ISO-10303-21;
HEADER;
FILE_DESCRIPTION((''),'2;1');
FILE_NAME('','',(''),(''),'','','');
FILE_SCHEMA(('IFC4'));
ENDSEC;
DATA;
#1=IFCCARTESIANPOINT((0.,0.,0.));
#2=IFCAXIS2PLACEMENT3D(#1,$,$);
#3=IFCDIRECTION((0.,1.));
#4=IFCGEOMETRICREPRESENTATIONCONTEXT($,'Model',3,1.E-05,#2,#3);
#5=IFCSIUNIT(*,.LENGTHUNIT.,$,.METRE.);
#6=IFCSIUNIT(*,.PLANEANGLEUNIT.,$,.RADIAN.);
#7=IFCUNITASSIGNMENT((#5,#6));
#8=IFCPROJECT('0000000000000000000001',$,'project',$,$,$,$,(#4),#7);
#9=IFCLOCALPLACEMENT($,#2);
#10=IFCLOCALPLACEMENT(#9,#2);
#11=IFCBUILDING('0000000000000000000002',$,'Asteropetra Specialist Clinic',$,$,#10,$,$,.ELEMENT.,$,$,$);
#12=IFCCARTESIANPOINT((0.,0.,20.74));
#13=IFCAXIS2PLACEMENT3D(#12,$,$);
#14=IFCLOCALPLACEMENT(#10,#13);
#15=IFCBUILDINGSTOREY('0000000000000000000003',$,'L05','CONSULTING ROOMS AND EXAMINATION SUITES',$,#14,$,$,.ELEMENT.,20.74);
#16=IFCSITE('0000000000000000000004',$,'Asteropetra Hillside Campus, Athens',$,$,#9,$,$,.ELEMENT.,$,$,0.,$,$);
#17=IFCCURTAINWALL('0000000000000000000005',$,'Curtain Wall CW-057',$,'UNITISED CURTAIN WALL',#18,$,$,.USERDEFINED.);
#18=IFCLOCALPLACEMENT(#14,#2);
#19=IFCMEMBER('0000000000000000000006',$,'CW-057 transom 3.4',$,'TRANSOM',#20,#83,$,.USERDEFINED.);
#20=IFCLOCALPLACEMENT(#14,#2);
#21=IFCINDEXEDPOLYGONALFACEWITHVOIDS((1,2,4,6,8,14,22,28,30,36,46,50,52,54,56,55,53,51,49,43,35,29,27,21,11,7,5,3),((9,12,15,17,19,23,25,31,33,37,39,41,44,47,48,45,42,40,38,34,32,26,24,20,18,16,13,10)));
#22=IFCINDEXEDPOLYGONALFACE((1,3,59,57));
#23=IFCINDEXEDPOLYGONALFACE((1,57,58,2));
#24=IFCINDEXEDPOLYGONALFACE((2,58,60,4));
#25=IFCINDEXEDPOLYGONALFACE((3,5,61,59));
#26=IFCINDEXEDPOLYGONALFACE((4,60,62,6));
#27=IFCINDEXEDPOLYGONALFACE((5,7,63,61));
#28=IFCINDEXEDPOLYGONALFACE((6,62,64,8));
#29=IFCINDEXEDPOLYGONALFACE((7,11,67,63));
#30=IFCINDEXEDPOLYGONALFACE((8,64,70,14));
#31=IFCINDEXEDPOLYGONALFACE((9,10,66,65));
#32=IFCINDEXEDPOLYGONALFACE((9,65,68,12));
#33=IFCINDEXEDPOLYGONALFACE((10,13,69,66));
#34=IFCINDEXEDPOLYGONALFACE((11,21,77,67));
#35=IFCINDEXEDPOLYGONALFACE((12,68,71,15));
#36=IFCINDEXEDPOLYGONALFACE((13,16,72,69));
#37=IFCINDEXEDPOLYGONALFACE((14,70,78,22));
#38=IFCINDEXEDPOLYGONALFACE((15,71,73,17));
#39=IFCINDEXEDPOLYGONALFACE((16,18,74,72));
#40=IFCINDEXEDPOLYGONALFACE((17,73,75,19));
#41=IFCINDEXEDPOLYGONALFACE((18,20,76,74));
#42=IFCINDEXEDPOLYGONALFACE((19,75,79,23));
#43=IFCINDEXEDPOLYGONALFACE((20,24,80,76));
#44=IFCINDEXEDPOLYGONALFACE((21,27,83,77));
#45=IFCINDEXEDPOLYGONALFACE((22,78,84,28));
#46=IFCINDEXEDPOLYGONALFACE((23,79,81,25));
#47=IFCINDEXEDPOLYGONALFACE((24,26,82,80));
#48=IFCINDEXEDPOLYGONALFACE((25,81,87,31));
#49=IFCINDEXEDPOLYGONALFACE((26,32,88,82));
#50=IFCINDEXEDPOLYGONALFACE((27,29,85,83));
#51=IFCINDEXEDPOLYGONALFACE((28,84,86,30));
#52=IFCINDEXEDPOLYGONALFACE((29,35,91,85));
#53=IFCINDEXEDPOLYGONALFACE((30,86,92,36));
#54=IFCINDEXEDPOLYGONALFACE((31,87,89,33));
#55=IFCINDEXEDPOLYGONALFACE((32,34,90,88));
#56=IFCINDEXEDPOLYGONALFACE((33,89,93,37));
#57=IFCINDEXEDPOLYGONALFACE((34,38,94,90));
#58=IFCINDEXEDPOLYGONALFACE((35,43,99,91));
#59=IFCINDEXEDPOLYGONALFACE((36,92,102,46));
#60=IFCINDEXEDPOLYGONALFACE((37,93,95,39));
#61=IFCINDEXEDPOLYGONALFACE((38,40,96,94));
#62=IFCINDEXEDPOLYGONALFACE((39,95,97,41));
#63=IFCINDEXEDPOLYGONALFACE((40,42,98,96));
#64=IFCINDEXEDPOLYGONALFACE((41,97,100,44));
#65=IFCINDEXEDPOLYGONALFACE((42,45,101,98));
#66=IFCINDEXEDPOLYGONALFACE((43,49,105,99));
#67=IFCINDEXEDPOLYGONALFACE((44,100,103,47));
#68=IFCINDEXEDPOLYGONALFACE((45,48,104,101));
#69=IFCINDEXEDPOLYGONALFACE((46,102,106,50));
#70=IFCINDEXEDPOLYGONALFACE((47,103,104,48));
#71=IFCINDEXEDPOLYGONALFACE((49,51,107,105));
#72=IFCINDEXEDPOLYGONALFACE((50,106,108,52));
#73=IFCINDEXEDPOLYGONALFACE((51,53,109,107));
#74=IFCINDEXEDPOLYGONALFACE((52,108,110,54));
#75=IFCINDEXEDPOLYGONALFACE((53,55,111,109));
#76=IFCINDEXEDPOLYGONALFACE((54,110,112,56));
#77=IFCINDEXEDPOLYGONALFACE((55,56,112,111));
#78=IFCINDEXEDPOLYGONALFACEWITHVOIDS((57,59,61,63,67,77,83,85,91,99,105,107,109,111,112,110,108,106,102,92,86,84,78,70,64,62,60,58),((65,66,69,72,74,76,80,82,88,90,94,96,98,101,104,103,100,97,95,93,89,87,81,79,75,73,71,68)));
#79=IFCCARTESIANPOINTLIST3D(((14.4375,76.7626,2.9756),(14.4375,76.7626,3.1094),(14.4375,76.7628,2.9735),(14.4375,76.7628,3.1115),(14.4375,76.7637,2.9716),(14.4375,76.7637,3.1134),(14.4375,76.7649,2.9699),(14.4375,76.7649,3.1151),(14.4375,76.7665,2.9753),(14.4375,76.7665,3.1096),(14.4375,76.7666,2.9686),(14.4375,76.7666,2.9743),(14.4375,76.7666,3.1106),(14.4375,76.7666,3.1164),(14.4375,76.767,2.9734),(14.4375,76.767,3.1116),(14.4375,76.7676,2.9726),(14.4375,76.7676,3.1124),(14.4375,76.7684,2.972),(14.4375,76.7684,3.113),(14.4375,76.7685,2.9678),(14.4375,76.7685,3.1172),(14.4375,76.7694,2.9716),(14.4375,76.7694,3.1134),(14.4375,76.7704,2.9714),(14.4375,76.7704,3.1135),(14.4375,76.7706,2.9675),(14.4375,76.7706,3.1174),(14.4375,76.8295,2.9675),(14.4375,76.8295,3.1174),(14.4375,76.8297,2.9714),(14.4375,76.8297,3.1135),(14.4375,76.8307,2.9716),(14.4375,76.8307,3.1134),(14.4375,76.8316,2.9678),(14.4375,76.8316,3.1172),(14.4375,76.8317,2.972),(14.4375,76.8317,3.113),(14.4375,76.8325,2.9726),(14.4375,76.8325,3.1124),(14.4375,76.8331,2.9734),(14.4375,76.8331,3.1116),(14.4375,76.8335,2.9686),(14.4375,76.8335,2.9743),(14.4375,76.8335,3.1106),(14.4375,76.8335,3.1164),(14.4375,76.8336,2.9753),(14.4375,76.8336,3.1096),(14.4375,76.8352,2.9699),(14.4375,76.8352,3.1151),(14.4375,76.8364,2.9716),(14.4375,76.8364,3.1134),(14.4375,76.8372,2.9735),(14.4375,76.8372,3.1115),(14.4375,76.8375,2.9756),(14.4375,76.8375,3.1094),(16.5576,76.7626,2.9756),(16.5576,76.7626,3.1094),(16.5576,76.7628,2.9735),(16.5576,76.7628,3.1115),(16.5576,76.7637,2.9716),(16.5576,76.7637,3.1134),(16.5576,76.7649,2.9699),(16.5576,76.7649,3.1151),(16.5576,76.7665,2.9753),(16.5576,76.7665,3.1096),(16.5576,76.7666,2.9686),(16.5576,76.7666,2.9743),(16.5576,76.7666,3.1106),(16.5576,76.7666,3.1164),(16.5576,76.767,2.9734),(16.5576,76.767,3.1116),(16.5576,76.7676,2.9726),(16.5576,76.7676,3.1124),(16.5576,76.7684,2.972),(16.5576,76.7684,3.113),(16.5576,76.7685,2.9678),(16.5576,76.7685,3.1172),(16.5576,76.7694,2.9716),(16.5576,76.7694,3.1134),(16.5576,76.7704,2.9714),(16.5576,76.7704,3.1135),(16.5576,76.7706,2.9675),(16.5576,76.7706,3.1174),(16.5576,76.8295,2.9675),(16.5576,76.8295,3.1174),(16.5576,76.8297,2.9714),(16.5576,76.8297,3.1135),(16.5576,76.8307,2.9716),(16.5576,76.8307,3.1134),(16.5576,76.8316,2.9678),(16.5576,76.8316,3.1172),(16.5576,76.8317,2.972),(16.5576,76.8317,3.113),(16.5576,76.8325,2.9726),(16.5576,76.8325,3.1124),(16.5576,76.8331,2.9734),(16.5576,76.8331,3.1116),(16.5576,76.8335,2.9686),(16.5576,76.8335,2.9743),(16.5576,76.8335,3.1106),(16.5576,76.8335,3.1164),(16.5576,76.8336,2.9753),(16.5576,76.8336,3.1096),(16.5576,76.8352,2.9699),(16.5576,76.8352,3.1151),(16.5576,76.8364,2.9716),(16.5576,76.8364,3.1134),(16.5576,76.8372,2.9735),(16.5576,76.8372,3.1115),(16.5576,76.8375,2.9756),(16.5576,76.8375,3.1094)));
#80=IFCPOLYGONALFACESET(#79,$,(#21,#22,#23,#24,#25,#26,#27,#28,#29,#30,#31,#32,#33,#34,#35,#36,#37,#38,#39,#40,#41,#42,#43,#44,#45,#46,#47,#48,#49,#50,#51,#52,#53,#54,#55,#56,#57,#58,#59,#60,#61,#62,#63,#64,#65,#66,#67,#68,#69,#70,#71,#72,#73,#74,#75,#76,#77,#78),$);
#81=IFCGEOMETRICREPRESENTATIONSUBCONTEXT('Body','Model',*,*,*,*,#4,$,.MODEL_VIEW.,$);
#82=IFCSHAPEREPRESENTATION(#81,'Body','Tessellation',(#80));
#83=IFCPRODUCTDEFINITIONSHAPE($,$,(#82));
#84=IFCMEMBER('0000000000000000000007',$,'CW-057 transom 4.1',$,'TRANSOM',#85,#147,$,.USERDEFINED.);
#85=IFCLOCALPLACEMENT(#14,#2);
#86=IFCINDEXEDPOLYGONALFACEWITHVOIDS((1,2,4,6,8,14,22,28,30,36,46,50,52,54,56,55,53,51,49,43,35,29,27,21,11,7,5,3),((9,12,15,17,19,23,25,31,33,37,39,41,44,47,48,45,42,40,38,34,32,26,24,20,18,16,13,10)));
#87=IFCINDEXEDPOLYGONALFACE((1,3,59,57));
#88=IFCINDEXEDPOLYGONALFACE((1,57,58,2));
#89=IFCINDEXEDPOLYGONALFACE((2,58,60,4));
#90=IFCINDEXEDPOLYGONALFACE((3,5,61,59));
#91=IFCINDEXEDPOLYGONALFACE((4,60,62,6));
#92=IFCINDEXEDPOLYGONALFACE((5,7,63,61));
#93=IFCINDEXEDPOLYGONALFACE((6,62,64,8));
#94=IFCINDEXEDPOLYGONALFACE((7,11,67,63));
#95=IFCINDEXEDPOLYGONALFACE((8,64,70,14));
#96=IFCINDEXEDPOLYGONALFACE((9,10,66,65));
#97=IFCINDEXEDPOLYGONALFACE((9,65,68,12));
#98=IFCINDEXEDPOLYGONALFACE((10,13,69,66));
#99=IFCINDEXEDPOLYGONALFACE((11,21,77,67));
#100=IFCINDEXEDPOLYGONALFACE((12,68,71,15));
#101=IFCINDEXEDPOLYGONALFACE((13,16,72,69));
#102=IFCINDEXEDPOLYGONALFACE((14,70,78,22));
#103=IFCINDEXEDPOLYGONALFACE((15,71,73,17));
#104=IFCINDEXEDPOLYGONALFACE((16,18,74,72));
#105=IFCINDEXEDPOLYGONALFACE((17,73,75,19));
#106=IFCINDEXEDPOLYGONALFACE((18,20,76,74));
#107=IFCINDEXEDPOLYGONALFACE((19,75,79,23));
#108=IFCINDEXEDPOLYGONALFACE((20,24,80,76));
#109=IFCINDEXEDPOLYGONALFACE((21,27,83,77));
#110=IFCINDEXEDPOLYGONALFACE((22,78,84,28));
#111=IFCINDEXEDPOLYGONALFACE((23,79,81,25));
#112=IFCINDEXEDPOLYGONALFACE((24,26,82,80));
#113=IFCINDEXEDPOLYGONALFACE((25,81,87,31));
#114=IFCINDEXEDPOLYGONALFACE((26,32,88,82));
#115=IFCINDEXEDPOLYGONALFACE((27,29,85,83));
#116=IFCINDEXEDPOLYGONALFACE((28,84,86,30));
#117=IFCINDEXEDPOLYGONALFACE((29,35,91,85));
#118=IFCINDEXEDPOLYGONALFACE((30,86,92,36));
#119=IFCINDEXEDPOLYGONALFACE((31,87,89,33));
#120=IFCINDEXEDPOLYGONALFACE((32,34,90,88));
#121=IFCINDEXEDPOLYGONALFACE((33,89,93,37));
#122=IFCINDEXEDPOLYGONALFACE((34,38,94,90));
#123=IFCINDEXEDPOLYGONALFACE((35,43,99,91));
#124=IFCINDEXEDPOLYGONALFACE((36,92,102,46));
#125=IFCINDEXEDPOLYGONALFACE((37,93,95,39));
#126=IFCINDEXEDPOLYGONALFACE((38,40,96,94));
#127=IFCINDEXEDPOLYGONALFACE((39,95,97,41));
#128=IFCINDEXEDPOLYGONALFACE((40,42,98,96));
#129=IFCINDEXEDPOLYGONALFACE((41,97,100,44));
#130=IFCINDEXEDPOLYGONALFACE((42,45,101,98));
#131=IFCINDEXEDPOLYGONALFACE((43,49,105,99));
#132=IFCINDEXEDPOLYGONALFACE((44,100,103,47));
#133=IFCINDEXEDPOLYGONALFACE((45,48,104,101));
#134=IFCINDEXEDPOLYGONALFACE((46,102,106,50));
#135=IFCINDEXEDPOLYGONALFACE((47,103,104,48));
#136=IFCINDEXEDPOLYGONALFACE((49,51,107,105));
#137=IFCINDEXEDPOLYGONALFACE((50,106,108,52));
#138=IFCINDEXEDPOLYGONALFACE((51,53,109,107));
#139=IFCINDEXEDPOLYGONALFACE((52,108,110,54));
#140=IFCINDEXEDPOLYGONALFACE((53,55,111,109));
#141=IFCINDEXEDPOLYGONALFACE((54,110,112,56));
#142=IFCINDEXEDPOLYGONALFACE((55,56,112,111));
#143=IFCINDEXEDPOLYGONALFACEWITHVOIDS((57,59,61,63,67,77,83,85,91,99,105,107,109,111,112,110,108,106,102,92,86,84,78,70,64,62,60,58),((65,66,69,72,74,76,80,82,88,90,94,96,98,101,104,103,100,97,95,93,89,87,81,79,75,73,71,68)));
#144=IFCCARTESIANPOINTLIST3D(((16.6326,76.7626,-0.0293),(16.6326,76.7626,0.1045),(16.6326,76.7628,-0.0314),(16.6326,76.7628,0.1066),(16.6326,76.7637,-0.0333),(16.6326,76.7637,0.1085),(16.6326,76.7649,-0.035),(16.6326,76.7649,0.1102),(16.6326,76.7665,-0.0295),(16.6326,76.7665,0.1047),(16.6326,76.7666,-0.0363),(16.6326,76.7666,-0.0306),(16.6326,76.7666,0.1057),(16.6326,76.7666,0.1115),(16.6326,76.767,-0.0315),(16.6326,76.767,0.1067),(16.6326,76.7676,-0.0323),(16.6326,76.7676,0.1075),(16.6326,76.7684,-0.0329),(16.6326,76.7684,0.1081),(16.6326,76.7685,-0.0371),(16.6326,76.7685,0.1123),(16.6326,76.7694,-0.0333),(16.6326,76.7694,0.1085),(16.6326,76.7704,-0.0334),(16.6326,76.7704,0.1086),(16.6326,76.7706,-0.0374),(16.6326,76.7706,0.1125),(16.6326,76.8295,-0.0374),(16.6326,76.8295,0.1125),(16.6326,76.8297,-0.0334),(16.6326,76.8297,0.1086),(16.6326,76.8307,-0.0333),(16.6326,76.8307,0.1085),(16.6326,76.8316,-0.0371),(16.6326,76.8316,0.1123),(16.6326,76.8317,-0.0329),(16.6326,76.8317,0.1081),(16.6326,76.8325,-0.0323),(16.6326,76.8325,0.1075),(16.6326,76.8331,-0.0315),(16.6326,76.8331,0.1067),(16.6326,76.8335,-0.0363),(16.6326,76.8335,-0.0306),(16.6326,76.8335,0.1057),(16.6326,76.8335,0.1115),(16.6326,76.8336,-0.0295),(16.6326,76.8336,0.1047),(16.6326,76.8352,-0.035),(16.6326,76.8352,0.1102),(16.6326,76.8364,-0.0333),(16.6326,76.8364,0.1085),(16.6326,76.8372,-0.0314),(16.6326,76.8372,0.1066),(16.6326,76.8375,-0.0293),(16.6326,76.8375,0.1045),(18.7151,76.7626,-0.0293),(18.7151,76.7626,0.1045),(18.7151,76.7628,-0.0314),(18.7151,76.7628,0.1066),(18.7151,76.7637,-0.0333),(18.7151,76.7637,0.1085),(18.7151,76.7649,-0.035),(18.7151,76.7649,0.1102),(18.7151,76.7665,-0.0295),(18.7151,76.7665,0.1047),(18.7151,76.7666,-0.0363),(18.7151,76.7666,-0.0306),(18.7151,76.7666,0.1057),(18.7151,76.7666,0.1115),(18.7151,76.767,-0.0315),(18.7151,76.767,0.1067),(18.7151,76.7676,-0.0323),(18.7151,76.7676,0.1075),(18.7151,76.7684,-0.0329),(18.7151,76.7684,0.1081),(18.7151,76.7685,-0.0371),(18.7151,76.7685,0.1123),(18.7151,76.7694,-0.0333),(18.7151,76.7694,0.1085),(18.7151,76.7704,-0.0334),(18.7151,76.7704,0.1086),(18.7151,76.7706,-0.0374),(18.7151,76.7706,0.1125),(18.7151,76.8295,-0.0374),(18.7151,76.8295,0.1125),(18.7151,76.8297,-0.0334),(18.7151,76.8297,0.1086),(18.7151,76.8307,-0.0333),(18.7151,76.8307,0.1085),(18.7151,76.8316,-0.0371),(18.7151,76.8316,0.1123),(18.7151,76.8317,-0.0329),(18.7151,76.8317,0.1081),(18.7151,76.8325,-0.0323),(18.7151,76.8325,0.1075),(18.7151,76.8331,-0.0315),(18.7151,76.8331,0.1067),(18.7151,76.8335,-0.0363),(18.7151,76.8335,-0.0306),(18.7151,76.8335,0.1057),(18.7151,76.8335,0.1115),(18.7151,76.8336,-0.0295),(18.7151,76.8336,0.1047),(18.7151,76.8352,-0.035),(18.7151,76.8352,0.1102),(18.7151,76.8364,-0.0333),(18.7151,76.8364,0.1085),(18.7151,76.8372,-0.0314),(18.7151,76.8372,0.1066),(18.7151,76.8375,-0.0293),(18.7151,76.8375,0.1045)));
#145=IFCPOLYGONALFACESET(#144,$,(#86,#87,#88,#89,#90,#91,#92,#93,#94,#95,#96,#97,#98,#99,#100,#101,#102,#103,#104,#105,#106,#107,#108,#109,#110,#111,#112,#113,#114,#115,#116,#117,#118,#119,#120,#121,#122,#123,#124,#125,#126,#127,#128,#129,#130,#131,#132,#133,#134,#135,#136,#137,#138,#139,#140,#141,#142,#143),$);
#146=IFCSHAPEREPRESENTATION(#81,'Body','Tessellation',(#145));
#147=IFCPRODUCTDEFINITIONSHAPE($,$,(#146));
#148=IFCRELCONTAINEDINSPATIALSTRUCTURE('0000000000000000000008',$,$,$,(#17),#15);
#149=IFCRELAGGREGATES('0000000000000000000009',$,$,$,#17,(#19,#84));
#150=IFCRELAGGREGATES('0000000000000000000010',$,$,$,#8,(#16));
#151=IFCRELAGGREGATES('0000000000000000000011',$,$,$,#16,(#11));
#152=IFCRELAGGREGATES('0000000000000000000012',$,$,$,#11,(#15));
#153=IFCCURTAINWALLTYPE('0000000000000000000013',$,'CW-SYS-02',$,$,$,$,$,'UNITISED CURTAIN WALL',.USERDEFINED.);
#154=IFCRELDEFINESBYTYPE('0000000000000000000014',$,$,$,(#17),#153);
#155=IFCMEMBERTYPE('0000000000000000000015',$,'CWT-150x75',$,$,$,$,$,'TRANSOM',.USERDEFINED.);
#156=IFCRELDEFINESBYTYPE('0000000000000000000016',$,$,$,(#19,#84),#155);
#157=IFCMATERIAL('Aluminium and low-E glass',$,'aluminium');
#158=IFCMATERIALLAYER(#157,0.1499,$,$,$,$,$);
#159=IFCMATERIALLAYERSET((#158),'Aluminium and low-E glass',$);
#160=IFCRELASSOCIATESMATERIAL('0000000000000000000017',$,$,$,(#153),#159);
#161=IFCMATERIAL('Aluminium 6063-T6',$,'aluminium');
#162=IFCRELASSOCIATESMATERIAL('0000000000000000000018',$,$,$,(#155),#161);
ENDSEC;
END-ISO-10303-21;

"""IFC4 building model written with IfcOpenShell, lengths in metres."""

from ifc_helpers import new_model, si_unit, direction, frame, origin, origin_2d, place, context, subcontext, project, spatial, hollow_rectangle, extrude, material, layer, layer_set, material_profile, profile_set, type_object, element, aggregate, save


model = new_model("IFC4")

# Units and contexts
model_context = context("Model", 3, precision=1e-05, world=origin(), true_north=direction((0.0, 1.0)))
body_context = subcontext(model_context, "Body", "Model", "MODEL_VIEW")
ifc_project = project(units=[si_unit("LENGTHUNIT", "METRE"), si_unit("PLANEANGLEUNIT", "RADIAN")], contexts=[model_context])

# Site, building, storey
site_placement = place(None, origin())
site = spatial("IfcSite", under=ifc_project, at=site_placement, Name="Asteropetra Hillside Campus, Athens", CompositionType="ELEMENT", RefElevation=0.0)
building_placement = place(site_placement, origin())
building = spatial("IfcBuilding", under=site, at=building_placement, Name="Asteropetra Specialist Clinic", CompositionType="ELEMENT")
storey_placement = place(building_placement, frame((0.0, 0.0, 20.74)))
storey = spatial("IfcBuildingStorey", under=building, at=storey_placement, Name="L05", Description="CONSULTING ROOMS AND EXAMINATION SUITES", CompositionType="ELEMENT", Elevation=20.74)

# Curtain wall, members
ifc_material_1 = material(Name="Aluminium and low-E glass", Category="aluminium")
ifc_layer_1 = layer(ifc_material_1, 0.1499)
ifc_layer_set_1 = layer_set([ifc_layer_1], Name="Aluminium and low-E glass")
curtain_wall_type_1 = type_object("IfcCurtainWallType", Name="CW-SYS-02", ElementType="UNITISED CURTAIN WALL", PredefinedType="USERDEFINED", material=ifc_layer_set_1)
curtain_wall_1_placement = place(storey_placement, origin())
curtain_wall_1 = element("IfcCurtainWall", 1, at=curtain_wall_1_placement, inside=storey, type_object=curtain_wall_type_1, Name="Curtain Wall CW-057", ObjectType="UNITISED CURTAIN WALL", PredefinedType="USERDEFINED")
ifc_material_2 = material(Name="Aluminium 6063-T6", Category="aluminium")
ifc_material_profile_1 = material_profile(ifc_material_2, hollow_rectangle(XDim=0.075, YDim=0.1499, WallThickness=0.0039, InnerFilletRadius=0.0039, OuterFilletRadius=0.0081, at=origin_2d()), Name="TRN 150x75x4.0")
ifc_profile_set_1 = profile_set([ifc_material_profile_1], Name="Aluminium 6063-T6")
member_type_1 = type_object("IfcMemberType", Name="CWT-150x75", ElementType="TRANSOM", PredefinedType="USERDEFINED", material=ifc_profile_set_1)
member_1_placement = place(storey_placement, frame((14.4375, 76.8, 3.0425), z_axis=(1.0, 0.0, 0.0), x_axis=(0.0, 1.0, 0.0)))
member_1 = element("IfcMember", 2, at=member_1_placement, type_object=member_type_1, Name="CW-057 transom 3.4", ObjectType="TRANSOM", PredefinedType="USERDEFINED", context=body_context, shape_type="SweptSolid", body=[
    extrude(hollow_rectangle(XDim=0.075, YDim=0.1499, WallThickness=0.0039, InnerFilletRadius=0.0039, OuterFilletRadius=0.0081, at=origin_2d()), origin(), (0.0, 0.0, 1.0), 2.1201),
])
member_2_placement = place(storey_placement, frame((16.6326, 76.8, 0.0376), z_axis=(1.0, 0.0, 0.0), x_axis=(0.0, 1.0, 0.0)))
member_2 = element("IfcMember", 3, at=member_2_placement, type_object=member_type_1, Name="CW-057 transom 4.1", ObjectType="TRANSOM", PredefinedType="USERDEFINED", context=body_context, shape_type="SweptSolid", body=[
    extrude(hollow_rectangle(XDim=0.075, YDim=0.1499, WallThickness=0.0039, InnerFilletRadius=0.0039, OuterFilletRadius=0.0081, at=origin_2d()), origin(), (0.0, 0.0, 1.0), 2.0825),
])

aggregate(curtain_wall_1, [member_1, member_2])

save(model, "model.ifc")
